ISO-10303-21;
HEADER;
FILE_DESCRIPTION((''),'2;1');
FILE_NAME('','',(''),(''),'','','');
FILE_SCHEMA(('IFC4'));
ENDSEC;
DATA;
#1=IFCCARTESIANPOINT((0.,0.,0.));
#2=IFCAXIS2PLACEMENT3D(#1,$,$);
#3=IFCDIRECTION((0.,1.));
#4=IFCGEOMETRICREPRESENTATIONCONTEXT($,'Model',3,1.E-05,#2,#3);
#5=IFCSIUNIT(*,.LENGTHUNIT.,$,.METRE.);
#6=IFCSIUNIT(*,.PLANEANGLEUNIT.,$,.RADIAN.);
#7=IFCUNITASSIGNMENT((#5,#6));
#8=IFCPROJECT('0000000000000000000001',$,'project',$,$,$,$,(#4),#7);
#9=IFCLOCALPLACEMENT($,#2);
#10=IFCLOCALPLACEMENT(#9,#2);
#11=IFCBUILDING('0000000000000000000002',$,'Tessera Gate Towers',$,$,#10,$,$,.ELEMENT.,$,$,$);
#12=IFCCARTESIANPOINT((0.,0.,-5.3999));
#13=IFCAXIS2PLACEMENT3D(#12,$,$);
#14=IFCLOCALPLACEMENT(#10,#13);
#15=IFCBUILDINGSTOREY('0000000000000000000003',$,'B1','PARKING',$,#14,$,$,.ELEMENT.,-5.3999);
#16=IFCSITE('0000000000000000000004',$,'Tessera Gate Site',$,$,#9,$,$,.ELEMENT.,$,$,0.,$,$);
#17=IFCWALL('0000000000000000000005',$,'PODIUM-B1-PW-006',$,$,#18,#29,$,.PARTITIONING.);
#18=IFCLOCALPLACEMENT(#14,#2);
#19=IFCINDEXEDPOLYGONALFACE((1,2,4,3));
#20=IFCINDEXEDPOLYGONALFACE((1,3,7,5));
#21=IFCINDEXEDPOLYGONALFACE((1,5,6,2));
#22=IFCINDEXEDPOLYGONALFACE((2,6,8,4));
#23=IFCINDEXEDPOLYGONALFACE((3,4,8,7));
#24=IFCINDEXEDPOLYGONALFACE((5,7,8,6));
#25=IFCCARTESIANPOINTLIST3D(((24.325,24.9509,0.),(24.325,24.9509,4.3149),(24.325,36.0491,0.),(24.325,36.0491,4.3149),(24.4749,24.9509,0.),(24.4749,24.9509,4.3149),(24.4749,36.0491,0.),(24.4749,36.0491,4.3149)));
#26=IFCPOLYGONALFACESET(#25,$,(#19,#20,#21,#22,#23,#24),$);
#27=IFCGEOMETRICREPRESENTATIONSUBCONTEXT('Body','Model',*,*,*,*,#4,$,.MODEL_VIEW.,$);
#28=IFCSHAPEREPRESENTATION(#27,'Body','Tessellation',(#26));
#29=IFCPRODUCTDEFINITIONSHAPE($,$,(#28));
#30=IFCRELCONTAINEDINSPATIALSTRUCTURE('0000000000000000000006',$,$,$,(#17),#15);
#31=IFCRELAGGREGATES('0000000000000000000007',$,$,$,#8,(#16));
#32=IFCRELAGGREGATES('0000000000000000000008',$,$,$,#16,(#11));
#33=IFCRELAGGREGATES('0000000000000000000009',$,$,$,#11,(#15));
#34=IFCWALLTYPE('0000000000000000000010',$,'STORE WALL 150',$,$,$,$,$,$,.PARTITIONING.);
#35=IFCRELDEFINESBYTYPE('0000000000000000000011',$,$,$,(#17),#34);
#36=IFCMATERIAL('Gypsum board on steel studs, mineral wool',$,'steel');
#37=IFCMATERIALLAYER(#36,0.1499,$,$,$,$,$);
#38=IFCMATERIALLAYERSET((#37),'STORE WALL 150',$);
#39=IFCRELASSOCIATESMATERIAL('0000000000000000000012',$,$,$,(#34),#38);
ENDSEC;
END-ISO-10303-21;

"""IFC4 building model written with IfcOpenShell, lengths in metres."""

from ifc_helpers import new_model, si_unit, direction, frame, frame_2d, origin, place, context, subcontext, project, spatial, rectangle, extrude, material, layer, layer_set, type_object, element, save


model = new_model("IFC4")

# Units and contexts
model_context = context("Model", 3, precision=1e-05, world=origin(), true_north=direction((0.0, 1.0)))
body_context = subcontext(model_context, "Body", "Model", "MODEL_VIEW")
ifc_project = project(units=[si_unit("LENGTHUNIT", "METRE"), si_unit("PLANEANGLEUNIT", "RADIAN")], contexts=[model_context])

# Site, building, storey
site_placement = place(None, origin())
site = spatial("IfcSite", under=ifc_project, at=site_placement, Name="Tessera Gate Site", CompositionType="ELEMENT", RefElevation=0.0)
building_placement = place(site_placement, origin())
building = spatial("IfcBuilding", under=site, at=building_placement, Name="Tessera Gate Towers", CompositionType="ELEMENT")
storey_placement = place(building_placement, frame((0.0, 0.0, -5.3999)))
storey = spatial("IfcBuildingStorey", under=building, at=storey_placement, Name="B1", Description="PARKING", CompositionType="ELEMENT", Elevation=-5.3999)

# Wall
ifc_material_1 = material(Name="Gypsum board on steel studs, mineral wool", Category="steel")
ifc_layer = layer(ifc_material_1, 0.1499)
ifc_layer_set = layer_set([ifc_layer], Name="STORE WALL 150")
wall_type = type_object("IfcWallType", Name="STORE WALL 150", PredefinedType="PARTITIONING", material=ifc_layer_set)
wall_placement = place(storey_placement, frame((24.3999, 24.9509, 0.0), z_axis=(0.0, 0.0, 1.0), x_axis=(0.0, 1.0, 0.0)))
element("IfcWall", 1, at=wall_placement, inside=storey, type_object=wall_type, Name="PODIUM-B1-PW-006", PredefinedType="PARTITIONING", context=body_context, shape_type="SweptSolid", body=[
    extrude(rectangle(XDim=11.0981, YDim=0.1499, at=frame_2d((5.5491, 0.0))), origin(), (0.0, 0.0, 1.0), 4.3149),
])

save(model, "model.ifc")
